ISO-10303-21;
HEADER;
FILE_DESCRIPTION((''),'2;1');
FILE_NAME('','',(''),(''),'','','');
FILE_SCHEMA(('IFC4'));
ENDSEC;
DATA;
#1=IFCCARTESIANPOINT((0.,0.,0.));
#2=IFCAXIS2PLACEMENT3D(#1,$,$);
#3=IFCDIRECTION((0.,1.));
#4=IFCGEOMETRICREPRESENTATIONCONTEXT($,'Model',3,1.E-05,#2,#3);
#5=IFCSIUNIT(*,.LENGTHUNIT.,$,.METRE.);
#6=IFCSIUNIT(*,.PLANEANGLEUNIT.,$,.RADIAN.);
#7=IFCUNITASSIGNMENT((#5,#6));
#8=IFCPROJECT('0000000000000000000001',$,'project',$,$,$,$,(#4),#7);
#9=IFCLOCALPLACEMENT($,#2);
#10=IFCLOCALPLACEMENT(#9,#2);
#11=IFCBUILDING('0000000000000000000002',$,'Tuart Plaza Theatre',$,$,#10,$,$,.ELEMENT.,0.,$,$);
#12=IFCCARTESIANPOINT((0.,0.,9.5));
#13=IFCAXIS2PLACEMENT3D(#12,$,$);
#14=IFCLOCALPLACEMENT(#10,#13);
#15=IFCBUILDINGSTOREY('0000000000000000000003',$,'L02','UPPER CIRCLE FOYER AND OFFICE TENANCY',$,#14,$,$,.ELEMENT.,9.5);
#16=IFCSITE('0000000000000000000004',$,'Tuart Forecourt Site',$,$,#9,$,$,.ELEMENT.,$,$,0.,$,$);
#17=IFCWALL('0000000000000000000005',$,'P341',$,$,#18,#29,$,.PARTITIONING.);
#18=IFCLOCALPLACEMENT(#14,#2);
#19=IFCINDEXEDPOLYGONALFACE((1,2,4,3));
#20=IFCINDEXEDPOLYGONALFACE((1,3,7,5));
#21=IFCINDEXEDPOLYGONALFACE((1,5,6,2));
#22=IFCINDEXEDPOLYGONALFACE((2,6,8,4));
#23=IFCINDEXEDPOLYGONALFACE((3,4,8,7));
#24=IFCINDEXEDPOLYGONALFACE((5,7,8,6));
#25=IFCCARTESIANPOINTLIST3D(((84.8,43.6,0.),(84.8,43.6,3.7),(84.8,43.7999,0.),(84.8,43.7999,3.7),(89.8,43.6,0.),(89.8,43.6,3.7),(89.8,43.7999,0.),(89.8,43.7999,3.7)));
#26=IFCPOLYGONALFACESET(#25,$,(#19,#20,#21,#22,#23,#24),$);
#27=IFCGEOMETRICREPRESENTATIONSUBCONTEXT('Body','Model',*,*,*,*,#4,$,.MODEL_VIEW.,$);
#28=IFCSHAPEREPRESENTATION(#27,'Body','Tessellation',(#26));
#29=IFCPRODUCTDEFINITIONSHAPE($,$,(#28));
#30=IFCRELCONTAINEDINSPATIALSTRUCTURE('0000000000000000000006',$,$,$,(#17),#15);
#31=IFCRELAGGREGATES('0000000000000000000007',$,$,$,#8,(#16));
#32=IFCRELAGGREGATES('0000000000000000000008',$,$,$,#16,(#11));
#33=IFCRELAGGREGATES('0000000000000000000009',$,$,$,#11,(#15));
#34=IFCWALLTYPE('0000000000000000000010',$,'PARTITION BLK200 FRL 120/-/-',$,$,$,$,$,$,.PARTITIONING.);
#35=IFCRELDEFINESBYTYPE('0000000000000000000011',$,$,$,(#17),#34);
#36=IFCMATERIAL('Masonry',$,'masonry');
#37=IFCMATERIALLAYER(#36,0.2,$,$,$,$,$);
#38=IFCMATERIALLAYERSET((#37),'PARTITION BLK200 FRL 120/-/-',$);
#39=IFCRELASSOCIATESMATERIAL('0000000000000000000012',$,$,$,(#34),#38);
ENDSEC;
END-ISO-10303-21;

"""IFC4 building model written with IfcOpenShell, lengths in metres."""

from ifc_helpers import new_model, si_unit, direction, frame, frame_2d, origin, place, context, subcontext, project, spatial, rectangle, extrude, material, layer, layer_set, type_object, element, save


model = new_model("IFC4")

# Units and contexts
model_context = context("Model", 3, precision=1e-05, world=origin(), true_north=direction((0.0, 1.0)))
body_context = subcontext(model_context, "Body", "Model", "MODEL_VIEW")
ifc_project = project(units=[si_unit("LENGTHUNIT", "METRE"), si_unit("PLANEANGLEUNIT", "RADIAN")], contexts=[model_context])

# Site, building, storey
site_placement = place(None, origin())
site = spatial("IfcSite", under=ifc_project, at=site_placement, Name="Tuart Forecourt Site", CompositionType="ELEMENT", RefElevation=0.0)
building_placement = place(site_placement, origin())
building = spatial("IfcBuilding", under=site, at=building_placement, Name="Tuart Plaza Theatre", CompositionType="ELEMENT", ElevationOfRefHeight=0.0)
storey_placement = place(building_placement, frame((0.0, 0.0, 9.5)))
storey = spatial("IfcBuildingStorey", under=building, at=storey_placement, Name="L02", Description="UPPER CIRCLE FOYER AND OFFICE TENANCY", CompositionType="ELEMENT", Elevation=9.5)

# Wall
ifc_material_1 = material(Name="Masonry", Category="masonry")
ifc_layer_1 = layer(ifc_material_1, 0.2)
ifc_layer_set_1 = layer_set([ifc_layer_1], Name="PARTITION BLK200 FRL 120/-/-")
wall_type = type_object("IfcWallType", Name="PARTITION BLK200 FRL 120/-/-", PredefinedType="PARTITIONING", material=ifc_layer_set_1)
wall_placement = place(storey_placement, frame((84.8, 43.7, 0.0), z_axis=(0.0, 0.0, 1.0), x_axis=(1.0, 0.0, 0.0)))
element("IfcWall", 1, at=wall_placement, inside=storey, type_object=wall_type, Name="P341", PredefinedType="PARTITIONING", context=body_context, shape_type="SweptSolid", body=[
    extrude(rectangle(XDim=5.0, YDim=0.2, at=frame_2d((2.5, 0.0))), origin(), (0.0, 0.0, 1.0), 3.7),
])

save(model, "model.ifc")
